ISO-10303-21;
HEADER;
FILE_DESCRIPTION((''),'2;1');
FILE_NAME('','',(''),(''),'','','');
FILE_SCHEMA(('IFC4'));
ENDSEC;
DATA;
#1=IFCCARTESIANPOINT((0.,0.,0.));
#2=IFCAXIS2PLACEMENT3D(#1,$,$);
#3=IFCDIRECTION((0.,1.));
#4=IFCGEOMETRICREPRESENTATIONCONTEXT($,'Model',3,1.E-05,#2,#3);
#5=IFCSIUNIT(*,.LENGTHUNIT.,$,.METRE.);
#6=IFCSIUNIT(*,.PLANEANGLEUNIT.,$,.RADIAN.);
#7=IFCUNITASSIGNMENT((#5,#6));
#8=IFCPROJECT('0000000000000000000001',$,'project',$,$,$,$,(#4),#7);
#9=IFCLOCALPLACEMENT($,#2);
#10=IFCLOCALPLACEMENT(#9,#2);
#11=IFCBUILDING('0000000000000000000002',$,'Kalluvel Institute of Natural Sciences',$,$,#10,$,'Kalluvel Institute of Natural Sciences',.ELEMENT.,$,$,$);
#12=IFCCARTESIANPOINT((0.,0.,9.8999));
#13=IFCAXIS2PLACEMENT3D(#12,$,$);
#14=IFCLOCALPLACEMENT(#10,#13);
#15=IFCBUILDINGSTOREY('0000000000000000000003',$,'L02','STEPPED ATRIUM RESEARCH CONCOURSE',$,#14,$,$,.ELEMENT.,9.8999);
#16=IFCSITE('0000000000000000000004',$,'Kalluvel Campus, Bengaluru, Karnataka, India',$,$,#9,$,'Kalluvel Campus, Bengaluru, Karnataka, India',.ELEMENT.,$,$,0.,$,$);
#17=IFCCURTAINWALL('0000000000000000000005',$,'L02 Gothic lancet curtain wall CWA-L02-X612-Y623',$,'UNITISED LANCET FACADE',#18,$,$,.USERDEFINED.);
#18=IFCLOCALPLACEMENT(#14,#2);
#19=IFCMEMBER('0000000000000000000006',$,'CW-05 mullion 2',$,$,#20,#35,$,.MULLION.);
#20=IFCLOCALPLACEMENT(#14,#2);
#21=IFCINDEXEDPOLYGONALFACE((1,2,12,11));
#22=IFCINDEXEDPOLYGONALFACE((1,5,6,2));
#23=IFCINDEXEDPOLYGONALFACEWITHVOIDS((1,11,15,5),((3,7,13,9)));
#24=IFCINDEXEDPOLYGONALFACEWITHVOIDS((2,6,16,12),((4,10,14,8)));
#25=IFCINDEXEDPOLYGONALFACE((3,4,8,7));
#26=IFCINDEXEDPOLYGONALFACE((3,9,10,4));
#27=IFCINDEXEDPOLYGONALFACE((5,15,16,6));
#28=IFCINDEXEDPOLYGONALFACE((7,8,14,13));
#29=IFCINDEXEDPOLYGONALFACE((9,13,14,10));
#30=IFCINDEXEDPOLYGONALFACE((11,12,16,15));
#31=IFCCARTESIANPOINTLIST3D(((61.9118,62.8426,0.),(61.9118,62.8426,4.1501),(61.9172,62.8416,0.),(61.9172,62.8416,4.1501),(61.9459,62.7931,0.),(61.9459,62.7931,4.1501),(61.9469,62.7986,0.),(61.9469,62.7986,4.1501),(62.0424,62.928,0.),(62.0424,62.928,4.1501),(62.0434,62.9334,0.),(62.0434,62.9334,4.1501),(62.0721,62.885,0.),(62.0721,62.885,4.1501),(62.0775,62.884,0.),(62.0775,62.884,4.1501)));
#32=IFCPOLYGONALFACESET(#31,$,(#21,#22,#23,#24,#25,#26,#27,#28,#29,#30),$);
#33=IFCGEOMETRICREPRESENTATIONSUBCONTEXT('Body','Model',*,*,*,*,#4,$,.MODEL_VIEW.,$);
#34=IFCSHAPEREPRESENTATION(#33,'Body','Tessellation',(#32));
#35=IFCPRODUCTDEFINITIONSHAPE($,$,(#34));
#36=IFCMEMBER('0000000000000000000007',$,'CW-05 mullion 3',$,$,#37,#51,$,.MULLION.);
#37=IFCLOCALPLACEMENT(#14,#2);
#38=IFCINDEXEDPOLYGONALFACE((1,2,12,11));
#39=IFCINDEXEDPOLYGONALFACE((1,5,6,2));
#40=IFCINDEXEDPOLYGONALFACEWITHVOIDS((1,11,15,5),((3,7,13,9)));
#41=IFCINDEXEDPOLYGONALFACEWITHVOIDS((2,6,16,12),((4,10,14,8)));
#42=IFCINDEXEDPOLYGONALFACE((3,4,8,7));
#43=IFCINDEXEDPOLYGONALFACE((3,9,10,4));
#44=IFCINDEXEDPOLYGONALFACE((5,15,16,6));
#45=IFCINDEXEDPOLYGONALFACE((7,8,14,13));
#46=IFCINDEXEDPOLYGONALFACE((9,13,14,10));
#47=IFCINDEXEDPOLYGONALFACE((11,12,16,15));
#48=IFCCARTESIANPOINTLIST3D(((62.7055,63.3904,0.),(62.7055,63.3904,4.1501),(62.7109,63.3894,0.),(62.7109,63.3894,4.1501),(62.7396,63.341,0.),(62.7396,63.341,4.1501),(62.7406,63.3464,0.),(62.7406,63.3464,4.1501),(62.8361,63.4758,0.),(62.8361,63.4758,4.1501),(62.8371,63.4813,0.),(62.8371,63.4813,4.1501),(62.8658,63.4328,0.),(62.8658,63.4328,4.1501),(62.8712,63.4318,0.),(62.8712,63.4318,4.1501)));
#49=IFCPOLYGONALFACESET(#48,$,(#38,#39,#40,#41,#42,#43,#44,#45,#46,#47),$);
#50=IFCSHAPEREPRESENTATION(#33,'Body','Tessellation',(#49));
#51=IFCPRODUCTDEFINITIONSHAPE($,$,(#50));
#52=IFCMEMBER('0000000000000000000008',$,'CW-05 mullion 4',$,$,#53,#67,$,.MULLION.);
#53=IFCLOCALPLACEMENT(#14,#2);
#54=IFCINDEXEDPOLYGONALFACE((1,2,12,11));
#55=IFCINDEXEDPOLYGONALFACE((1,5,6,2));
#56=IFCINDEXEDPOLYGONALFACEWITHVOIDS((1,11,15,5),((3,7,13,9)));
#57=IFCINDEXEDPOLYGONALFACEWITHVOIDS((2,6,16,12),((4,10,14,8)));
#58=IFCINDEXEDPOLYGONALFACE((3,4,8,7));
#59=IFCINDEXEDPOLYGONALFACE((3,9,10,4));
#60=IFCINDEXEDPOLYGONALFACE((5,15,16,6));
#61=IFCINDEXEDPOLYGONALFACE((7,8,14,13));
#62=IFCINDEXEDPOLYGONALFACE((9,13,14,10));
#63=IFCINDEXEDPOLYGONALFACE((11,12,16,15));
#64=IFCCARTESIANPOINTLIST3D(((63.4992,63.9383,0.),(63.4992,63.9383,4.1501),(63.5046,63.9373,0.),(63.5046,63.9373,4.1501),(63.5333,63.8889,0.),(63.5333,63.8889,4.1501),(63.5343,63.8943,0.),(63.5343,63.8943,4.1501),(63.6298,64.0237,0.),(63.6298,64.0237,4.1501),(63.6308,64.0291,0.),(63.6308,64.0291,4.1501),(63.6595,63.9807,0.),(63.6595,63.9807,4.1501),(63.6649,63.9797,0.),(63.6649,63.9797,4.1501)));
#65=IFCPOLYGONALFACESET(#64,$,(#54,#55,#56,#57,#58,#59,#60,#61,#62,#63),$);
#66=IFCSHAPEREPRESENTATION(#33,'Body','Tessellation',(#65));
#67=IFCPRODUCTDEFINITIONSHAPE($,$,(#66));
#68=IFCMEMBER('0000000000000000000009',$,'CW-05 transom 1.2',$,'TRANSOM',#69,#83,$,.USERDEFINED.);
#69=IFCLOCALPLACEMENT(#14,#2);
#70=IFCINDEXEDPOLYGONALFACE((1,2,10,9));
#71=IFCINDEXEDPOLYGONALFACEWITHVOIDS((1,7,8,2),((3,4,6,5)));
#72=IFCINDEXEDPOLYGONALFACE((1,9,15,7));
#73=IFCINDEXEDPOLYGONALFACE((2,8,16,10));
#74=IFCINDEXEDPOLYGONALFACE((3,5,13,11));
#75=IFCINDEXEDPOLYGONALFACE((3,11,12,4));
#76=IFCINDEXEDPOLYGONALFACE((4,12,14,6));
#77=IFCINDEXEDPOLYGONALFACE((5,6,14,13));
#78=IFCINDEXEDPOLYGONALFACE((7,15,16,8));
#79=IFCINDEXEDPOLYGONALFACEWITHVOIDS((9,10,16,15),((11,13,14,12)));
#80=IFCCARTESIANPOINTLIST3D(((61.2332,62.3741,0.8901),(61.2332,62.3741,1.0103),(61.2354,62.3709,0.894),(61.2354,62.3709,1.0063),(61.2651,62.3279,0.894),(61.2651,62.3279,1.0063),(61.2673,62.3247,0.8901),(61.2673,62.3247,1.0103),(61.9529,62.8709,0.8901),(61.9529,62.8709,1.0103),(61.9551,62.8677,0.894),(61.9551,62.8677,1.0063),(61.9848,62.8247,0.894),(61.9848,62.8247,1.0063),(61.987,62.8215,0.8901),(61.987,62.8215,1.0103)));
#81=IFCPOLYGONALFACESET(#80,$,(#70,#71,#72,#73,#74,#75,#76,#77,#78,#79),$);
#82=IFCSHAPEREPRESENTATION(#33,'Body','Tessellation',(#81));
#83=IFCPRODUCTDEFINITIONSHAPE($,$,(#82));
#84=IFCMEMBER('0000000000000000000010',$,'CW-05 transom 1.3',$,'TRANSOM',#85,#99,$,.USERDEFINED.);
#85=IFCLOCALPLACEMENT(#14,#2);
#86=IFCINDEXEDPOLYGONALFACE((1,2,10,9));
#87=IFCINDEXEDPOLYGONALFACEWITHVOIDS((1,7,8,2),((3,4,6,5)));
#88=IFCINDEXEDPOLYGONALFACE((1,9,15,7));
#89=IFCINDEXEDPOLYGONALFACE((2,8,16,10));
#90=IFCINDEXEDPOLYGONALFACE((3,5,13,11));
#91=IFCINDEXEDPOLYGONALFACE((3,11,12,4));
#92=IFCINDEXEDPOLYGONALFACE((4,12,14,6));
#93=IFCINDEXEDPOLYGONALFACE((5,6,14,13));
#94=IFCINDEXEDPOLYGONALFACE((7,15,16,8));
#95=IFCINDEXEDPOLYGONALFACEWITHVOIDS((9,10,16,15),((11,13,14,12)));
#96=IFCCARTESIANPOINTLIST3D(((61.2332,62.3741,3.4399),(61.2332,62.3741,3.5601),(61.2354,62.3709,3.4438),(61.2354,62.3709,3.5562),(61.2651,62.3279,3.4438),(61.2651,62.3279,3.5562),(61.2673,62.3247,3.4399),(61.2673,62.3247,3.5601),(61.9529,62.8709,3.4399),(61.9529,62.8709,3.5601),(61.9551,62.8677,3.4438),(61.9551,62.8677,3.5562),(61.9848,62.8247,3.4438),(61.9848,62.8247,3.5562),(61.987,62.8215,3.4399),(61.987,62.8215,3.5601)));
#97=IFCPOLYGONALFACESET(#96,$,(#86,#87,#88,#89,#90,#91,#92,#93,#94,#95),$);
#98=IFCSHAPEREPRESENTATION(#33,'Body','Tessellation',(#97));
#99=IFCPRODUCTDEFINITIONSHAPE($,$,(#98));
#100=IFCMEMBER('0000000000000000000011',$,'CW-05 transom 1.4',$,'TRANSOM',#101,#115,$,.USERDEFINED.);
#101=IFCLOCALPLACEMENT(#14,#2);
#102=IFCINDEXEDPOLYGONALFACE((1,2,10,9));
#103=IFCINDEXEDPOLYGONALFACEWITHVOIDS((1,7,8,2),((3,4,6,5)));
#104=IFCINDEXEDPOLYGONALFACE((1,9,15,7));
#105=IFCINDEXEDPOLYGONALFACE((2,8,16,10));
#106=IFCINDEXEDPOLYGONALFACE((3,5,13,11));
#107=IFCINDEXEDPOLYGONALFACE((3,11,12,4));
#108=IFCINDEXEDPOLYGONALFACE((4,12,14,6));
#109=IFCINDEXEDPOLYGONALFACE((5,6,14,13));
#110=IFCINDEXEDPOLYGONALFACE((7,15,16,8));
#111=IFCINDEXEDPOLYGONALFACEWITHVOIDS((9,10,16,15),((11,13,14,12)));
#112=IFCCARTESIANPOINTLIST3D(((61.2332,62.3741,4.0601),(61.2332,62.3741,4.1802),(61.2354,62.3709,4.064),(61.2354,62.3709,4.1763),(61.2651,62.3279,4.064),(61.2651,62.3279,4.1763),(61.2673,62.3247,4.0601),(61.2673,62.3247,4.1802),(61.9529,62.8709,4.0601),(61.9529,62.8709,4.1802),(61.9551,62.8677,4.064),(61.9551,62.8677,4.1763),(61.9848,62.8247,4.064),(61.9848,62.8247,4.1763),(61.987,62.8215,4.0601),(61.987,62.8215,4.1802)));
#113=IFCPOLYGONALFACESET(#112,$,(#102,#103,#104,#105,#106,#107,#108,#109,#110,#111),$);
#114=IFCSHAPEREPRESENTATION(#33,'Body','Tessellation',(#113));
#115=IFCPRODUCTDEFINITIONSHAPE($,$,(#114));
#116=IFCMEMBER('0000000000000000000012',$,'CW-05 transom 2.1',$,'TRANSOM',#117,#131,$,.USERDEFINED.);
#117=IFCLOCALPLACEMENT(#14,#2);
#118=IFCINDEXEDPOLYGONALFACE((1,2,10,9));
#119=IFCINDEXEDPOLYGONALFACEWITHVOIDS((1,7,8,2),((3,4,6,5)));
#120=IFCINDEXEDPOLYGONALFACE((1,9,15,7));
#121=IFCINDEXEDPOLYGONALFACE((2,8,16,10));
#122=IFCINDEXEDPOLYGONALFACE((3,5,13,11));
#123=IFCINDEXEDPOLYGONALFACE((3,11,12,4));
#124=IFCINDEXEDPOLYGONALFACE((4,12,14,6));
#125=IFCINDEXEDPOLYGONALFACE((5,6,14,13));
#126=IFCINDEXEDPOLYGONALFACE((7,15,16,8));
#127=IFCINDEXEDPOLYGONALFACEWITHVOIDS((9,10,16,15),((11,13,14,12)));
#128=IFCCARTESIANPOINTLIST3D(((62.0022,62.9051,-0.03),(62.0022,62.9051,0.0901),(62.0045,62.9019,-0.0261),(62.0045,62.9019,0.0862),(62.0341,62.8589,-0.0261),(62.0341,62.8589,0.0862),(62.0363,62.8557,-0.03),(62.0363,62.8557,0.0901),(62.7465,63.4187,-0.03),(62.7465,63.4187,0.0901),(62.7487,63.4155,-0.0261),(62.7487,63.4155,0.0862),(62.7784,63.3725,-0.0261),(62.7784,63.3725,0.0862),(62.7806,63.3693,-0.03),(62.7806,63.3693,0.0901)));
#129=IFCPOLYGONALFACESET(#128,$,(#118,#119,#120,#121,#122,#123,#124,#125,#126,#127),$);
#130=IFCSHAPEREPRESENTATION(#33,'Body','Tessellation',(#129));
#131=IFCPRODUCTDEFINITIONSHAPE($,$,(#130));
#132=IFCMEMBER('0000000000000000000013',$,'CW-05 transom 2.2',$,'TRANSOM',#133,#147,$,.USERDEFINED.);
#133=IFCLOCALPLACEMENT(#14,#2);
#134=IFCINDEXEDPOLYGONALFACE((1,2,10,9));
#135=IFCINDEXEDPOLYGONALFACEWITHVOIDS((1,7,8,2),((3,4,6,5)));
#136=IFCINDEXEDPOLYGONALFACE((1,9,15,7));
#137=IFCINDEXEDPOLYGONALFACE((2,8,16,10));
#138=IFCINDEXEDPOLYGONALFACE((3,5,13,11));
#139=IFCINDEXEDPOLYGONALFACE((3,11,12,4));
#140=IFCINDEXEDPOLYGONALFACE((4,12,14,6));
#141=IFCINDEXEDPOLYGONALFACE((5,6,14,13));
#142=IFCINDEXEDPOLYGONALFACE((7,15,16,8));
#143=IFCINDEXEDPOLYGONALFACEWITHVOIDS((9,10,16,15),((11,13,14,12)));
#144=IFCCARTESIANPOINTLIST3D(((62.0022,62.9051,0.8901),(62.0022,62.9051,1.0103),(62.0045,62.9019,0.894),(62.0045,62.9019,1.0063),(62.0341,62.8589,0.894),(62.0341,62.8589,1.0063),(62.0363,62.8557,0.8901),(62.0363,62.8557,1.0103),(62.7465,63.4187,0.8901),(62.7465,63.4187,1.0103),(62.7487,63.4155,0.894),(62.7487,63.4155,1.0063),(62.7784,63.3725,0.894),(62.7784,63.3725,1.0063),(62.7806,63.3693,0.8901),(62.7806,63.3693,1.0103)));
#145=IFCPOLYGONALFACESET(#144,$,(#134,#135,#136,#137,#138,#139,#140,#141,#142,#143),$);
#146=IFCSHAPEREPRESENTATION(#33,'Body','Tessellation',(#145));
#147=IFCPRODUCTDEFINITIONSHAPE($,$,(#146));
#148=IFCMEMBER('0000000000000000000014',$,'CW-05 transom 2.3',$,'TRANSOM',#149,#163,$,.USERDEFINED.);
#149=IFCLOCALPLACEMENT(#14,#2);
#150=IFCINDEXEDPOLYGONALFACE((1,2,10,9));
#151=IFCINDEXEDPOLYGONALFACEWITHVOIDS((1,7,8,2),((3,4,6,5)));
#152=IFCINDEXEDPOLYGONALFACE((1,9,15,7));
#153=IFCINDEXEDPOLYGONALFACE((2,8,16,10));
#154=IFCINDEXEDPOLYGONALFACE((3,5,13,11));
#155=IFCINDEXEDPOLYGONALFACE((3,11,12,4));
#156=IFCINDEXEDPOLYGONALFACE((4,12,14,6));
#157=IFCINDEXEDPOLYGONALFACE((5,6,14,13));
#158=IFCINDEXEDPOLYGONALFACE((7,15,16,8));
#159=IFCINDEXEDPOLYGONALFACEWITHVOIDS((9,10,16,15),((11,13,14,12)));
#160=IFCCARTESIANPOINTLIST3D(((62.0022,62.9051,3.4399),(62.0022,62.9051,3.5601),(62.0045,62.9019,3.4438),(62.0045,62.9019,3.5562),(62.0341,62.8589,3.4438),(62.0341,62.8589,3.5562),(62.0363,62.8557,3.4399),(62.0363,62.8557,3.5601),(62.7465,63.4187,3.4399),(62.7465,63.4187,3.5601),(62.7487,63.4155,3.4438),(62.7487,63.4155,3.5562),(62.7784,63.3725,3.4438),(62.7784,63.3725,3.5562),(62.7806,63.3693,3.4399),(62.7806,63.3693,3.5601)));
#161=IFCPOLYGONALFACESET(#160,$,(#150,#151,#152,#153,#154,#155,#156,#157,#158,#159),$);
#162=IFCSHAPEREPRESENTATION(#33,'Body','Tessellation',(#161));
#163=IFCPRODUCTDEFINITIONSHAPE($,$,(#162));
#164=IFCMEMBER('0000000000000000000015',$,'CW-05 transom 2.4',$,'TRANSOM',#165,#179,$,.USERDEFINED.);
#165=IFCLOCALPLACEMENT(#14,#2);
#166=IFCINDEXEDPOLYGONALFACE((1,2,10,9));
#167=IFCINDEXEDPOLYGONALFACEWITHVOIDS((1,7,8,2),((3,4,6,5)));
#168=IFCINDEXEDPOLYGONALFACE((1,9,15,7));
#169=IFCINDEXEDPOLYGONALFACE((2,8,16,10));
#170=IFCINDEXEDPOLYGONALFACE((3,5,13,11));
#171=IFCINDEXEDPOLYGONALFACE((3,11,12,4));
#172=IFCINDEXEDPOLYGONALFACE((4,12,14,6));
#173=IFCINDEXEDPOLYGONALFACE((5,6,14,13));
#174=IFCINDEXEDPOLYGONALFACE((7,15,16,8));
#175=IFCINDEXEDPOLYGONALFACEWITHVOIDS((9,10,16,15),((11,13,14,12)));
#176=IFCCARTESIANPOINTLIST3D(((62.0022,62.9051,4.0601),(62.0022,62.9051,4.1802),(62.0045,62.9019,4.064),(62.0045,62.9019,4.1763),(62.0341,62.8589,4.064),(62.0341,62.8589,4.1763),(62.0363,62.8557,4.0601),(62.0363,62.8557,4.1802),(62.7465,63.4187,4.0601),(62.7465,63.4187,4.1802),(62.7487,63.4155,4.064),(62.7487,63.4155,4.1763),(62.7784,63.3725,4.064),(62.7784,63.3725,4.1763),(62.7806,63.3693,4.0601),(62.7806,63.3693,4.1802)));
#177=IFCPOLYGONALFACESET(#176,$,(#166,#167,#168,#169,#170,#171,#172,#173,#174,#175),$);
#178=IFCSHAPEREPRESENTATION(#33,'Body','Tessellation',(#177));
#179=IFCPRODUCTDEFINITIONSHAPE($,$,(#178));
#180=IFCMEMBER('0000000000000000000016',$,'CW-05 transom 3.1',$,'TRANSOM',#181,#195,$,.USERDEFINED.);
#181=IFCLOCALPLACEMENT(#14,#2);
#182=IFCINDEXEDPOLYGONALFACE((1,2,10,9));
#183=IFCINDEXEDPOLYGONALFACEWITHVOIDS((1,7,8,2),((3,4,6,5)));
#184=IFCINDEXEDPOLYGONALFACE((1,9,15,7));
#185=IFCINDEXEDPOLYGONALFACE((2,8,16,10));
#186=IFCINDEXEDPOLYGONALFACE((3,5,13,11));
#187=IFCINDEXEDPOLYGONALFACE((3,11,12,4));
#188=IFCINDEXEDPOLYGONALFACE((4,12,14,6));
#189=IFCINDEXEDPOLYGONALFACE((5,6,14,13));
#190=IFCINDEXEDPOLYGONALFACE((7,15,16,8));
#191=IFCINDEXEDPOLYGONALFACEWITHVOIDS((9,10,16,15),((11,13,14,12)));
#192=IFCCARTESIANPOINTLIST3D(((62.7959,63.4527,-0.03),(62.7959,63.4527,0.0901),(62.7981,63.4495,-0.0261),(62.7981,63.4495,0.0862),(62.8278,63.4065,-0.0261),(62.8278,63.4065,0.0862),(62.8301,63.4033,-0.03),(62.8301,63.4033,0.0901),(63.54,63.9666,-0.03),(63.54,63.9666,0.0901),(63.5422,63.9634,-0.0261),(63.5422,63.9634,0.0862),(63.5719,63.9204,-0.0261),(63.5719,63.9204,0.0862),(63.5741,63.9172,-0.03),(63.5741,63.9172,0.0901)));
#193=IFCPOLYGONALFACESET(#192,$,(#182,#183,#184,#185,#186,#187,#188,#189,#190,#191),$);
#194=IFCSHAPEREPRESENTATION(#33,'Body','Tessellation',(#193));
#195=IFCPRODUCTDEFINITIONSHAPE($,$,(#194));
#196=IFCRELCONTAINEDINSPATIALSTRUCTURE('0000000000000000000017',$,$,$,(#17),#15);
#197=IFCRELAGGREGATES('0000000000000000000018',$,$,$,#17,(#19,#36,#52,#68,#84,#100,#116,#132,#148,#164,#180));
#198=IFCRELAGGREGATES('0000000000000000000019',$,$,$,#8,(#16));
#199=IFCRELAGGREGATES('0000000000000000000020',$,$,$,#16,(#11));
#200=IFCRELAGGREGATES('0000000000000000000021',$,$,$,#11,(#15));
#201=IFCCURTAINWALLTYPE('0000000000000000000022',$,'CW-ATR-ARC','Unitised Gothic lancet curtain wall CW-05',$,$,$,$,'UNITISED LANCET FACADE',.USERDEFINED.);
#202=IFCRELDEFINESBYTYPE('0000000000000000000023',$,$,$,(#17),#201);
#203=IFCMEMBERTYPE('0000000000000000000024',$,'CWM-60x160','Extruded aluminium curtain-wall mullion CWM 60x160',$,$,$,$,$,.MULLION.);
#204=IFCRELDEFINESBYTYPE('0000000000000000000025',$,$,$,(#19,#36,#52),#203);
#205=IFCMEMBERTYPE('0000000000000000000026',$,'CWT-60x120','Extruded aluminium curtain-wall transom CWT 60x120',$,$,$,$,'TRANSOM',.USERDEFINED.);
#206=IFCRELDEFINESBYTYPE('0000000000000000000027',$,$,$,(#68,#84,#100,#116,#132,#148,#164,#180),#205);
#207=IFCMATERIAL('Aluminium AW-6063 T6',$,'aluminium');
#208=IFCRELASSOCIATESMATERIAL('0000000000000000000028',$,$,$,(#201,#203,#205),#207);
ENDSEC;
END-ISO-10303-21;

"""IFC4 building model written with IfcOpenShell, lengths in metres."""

from ifc_helpers import new_model, si_unit, direction, frame, origin, origin_2d, place, context, subcontext, project, spatial, hollow_rectangle, extrude, material, material_profile, profile_set, type_object, element, aggregate, save


model = new_model("IFC4")

# Units and contexts
model_context = context("Model", 3, precision=1e-05, world=origin(), true_north=direction((0.0, 1.0)))
body_context = subcontext(model_context, "Body", "Model", "MODEL_VIEW")
ifc_project = project(units=[si_unit("LENGTHUNIT", "METRE"), si_unit("PLANEANGLEUNIT", "RADIAN")], contexts=[model_context])

# Site, building, storey
site_placement = place(None, origin())
site = spatial("IfcSite", under=ifc_project, at=site_placement, Name="Kalluvel Campus, Bengaluru, Karnataka, India", LongName="Kalluvel Campus, Bengaluru, Karnataka, India", CompositionType="ELEMENT", RefElevation=0.0)
building_placement = place(site_placement, origin())
building = spatial("IfcBuilding", under=site, at=building_placement, Name="Kalluvel Institute of Natural Sciences", LongName="Kalluvel Institute of Natural Sciences", CompositionType="ELEMENT")
storey_placement = place(building_placement, frame((0.0, 0.0, 9.8999)))
storey = spatial("IfcBuildingStorey", under=building, at=storey_placement, Name="L02", Description="STEPPED ATRIUM RESEARCH CONCOURSE", CompositionType="ELEMENT", Elevation=9.8999)

# Curtain wall, members
ifc_material_1 = material(Name="Aluminium AW-6063 T6", Category="aluminium")
curtain_wall_type = type_object("IfcCurtainWallType", Name="CW-ATR-ARC", Description="Unitised Gothic lancet curtain wall CW-05", ElementType="UNITISED LANCET FACADE", PredefinedType="USERDEFINED", material=ifc_material_1)
curtain_wall_placement = place(storey_placement, origin())
curtain_wall = element("IfcCurtainWall", 1, at=curtain_wall_placement, inside=storey, type_object=curtain_wall_type, Name="L02 Gothic lancet curtain wall CWA-L02-X612-Y623", ObjectType="UNITISED LANCET FACADE", PredefinedType="USERDEFINED")
ifc_material_profile_1 = material_profile(ifc_material_1, hollow_rectangle(XDim=0.0601, YDim=0.1599, WallThickness=0.0039, at=origin_2d()), Name="CWM 60x160")
ifc_profile_set_1 = profile_set([ifc_material_profile_1], Name="Aluminium AW-6063 T6")
member_type_1 = type_object("IfcMemberType", Name="CWM-60x160", Description="Extruded aluminium curtain-wall mullion CWM 60x160", PredefinedType="MULLION", material=ifc_profile_set_1)
member_1_placement = place(storey_placement, frame((61.9946, 62.8633, 0.0), z_axis=(0.0, 0.0, 1.0), x_axis=(-0.568058, 0.822988, 0.0)))
member_1 = element("IfcMember", 2, at=member_1_placement, type_object=member_type_1, Name="CW-05 mullion 2", PredefinedType="MULLION", context=body_context, shape_type="SweptSolid", body=[
    extrude(hollow_rectangle(XDim=0.0601, YDim=0.1599, WallThickness=0.0039, at=origin_2d()), origin(), (0.0, 0.0, 1.0), 4.1501),
])
member_2_placement = place(storey_placement, frame((62.7883, 63.4111, 0.0), z_axis=(0.0, 0.0, 1.0), x_axis=(-0.568058, 0.822988, 0.0)))
member_2 = element("IfcMember", 3, at=member_2_placement, type_object=member_type_1, Name="CW-05 mullion 3", PredefinedType="MULLION", context=body_context, shape_type="SweptSolid", body=[
    extrude(hollow_rectangle(XDim=0.0601, YDim=0.1599, WallThickness=0.0039, at=origin_2d()), origin(), (0.0, 0.0, 1.0), 4.1501),
])
member_3_placement = place(storey_placement, frame((63.582, 63.959, 0.0), z_axis=(0.0, 0.0, 1.0), x_axis=(-0.568058, 0.822988, 0.0)))
member_3 = element("IfcMember", 4, at=member_3_placement, type_object=member_type_1, Name="CW-05 mullion 4", PredefinedType="MULLION", context=body_context, shape_type="SweptSolid", body=[
    extrude(hollow_rectangle(XDim=0.0601, YDim=0.1599, WallThickness=0.0039, at=origin_2d()), origin(), (0.0, 0.0, 1.0), 4.1501),
])
ifc_material_profile_2 = material_profile(ifc_material_1, hollow_rectangle(XDim=0.0601, YDim=0.1201, WallThickness=0.0039, at=origin_2d()), Name="CWT 60x120")
ifc_profile_set_2 = profile_set([ifc_material_profile_2], Name="Aluminium AW-6063 T6")
member_type_2 = type_object("IfcMemberType", Name="CWT-60x120", Description="Extruded aluminium curtain-wall transom CWT 60x120", ElementType="TRANSOM", PredefinedType="USERDEFINED", material=ifc_profile_set_2)
member_4_placement = place(storey_placement, frame((61.2502, 62.3494, 0.9502), z_axis=(0.822965, 0.568092, 0.0), x_axis=(-0.568092, 0.822965, 0.0)))
member_4 = element("IfcMember", 5, at=member_4_placement, type_object=member_type_2, Name="CW-05 transom 1.2", ObjectType="TRANSOM", PredefinedType="USERDEFINED", context=body_context, shape_type="SweptSolid", body=[
    extrude(hollow_rectangle(XDim=0.0601, YDim=0.1201, WallThickness=0.0039, at=origin_2d()), origin(), (0.0, 0.0, 1.0), 0.8745),
])
member_5_placement = place(storey_placement, frame((61.2502, 62.3494, 3.5), z_axis=(0.822965, 0.568092, 0.0), x_axis=(-0.568092, 0.822965, 0.0)))
member_5 = element("IfcMember", 6, at=member_5_placement, type_object=member_type_2, Name="CW-05 transom 1.3", ObjectType="TRANSOM", PredefinedType="USERDEFINED", context=body_context, shape_type="SweptSolid", body=[
    extrude(hollow_rectangle(XDim=0.0601, YDim=0.1201, WallThickness=0.0039, at=origin_2d()), origin(), (0.0, 0.0, 1.0), 0.8745),
])
member_6_placement = place(storey_placement, frame((61.2502, 62.3494, 4.1201), z_axis=(0.822965, 0.568092, 0.0), x_axis=(-0.568092, 0.822965, 0.0)))
member_6 = element("IfcMember", 7, at=member_6_placement, type_object=member_type_2, Name="CW-05 transom 1.4", ObjectType="TRANSOM", PredefinedType="USERDEFINED", context=body_context, shape_type="SweptSolid", body=[
    extrude(hollow_rectangle(XDim=0.0601, YDim=0.1201, WallThickness=0.0039, at=origin_2d()), origin(), (0.0, 0.0, 1.0), 0.8745),
])
member_7_placement = place(storey_placement, frame((62.0193, 62.8804, 0.03), z_axis=(0.823056, 0.56796, 0.0), x_axis=(-0.56796, 0.823056, 0.0)))
member_7 = element("IfcMember", 8, at=member_7_placement, type_object=member_type_2, Name="CW-05 transom 2.1", ObjectType="TRANSOM", PredefinedType="USERDEFINED", context=body_context, shape_type="SweptSolid", body=[
    extrude(hollow_rectangle(XDim=0.0601, YDim=0.1201, WallThickness=0.0039, at=origin_2d()), origin(), (0.0, 0.0, 1.0), 0.9043),
])
member_8_placement = place(storey_placement, frame((62.0193, 62.8804, 0.9502), z_axis=(0.823056, 0.56796, 0.0), x_axis=(-0.56796, 0.823056, 0.0)))
member_8 = element("IfcMember", 9, at=member_8_placement, type_object=member_type_2, Name="CW-05 transom 2.2", ObjectType="TRANSOM", PredefinedType="USERDEFINED", context=body_context, shape_type="SweptSolid", body=[
    extrude(hollow_rectangle(XDim=0.0601, YDim=0.1201, WallThickness=0.0039, at=origin_2d()), origin(), (0.0, 0.0, 1.0), 0.9043),
])
member_9_placement = place(storey_placement, frame((62.0193, 62.8804, 3.5), z_axis=(0.823056, 0.56796, 0.0), x_axis=(-0.56796, 0.823056, 0.0)))
member_9 = element("IfcMember", 10, at=member_9_placement, type_object=member_type_2, Name="CW-05 transom 2.3", ObjectType="TRANSOM", PredefinedType="USERDEFINED", context=body_context, shape_type="SweptSolid", body=[
    extrude(hollow_rectangle(XDim=0.0601, YDim=0.1201, WallThickness=0.0039, at=origin_2d()), origin(), (0.0, 0.0, 1.0), 0.9043),
])
member_10_placement = place(storey_placement, frame((62.0193, 62.8804, 4.1201), z_axis=(0.823056, 0.56796, 0.0), x_axis=(-0.56796, 0.823056, 0.0)))
member_10 = element("IfcMember", 11, at=member_10_placement, type_object=member_type_2, Name="CW-05 transom 2.4", ObjectType="TRANSOM", PredefinedType="USERDEFINED", context=body_context, shape_type="SweptSolid", body=[
    extrude(hollow_rectangle(XDim=0.0601, YDim=0.1201, WallThickness=0.0039, at=origin_2d()), origin(), (0.0, 0.0, 1.0), 0.9043),
])
member_11_placement = place(storey_placement, frame((62.813, 63.428, 0.03), z_axis=(0.822843, 0.568269, 0.0), x_axis=(-0.568269, 0.822843, 0.0)))
member_11 = element("IfcMember", 12, at=member_11_placement, type_object=member_type_2, Name="CW-05 transom 3.1", ObjectType="TRANSOM", PredefinedType="USERDEFINED", context=body_context, shape_type="SweptSolid", body=[
    extrude(hollow_rectangle(XDim=0.0601, YDim=0.1201, WallThickness=0.0039, at=origin_2d()), origin(), (0.0, 0.0, 1.0), 0.9043),
])
aggregate(curtain_wall, [member_1, member_2, member_3, member_4, member_5, member_6, member_7, member_8, member_9, member_10, member_11])

save(model, "model.ifc")
